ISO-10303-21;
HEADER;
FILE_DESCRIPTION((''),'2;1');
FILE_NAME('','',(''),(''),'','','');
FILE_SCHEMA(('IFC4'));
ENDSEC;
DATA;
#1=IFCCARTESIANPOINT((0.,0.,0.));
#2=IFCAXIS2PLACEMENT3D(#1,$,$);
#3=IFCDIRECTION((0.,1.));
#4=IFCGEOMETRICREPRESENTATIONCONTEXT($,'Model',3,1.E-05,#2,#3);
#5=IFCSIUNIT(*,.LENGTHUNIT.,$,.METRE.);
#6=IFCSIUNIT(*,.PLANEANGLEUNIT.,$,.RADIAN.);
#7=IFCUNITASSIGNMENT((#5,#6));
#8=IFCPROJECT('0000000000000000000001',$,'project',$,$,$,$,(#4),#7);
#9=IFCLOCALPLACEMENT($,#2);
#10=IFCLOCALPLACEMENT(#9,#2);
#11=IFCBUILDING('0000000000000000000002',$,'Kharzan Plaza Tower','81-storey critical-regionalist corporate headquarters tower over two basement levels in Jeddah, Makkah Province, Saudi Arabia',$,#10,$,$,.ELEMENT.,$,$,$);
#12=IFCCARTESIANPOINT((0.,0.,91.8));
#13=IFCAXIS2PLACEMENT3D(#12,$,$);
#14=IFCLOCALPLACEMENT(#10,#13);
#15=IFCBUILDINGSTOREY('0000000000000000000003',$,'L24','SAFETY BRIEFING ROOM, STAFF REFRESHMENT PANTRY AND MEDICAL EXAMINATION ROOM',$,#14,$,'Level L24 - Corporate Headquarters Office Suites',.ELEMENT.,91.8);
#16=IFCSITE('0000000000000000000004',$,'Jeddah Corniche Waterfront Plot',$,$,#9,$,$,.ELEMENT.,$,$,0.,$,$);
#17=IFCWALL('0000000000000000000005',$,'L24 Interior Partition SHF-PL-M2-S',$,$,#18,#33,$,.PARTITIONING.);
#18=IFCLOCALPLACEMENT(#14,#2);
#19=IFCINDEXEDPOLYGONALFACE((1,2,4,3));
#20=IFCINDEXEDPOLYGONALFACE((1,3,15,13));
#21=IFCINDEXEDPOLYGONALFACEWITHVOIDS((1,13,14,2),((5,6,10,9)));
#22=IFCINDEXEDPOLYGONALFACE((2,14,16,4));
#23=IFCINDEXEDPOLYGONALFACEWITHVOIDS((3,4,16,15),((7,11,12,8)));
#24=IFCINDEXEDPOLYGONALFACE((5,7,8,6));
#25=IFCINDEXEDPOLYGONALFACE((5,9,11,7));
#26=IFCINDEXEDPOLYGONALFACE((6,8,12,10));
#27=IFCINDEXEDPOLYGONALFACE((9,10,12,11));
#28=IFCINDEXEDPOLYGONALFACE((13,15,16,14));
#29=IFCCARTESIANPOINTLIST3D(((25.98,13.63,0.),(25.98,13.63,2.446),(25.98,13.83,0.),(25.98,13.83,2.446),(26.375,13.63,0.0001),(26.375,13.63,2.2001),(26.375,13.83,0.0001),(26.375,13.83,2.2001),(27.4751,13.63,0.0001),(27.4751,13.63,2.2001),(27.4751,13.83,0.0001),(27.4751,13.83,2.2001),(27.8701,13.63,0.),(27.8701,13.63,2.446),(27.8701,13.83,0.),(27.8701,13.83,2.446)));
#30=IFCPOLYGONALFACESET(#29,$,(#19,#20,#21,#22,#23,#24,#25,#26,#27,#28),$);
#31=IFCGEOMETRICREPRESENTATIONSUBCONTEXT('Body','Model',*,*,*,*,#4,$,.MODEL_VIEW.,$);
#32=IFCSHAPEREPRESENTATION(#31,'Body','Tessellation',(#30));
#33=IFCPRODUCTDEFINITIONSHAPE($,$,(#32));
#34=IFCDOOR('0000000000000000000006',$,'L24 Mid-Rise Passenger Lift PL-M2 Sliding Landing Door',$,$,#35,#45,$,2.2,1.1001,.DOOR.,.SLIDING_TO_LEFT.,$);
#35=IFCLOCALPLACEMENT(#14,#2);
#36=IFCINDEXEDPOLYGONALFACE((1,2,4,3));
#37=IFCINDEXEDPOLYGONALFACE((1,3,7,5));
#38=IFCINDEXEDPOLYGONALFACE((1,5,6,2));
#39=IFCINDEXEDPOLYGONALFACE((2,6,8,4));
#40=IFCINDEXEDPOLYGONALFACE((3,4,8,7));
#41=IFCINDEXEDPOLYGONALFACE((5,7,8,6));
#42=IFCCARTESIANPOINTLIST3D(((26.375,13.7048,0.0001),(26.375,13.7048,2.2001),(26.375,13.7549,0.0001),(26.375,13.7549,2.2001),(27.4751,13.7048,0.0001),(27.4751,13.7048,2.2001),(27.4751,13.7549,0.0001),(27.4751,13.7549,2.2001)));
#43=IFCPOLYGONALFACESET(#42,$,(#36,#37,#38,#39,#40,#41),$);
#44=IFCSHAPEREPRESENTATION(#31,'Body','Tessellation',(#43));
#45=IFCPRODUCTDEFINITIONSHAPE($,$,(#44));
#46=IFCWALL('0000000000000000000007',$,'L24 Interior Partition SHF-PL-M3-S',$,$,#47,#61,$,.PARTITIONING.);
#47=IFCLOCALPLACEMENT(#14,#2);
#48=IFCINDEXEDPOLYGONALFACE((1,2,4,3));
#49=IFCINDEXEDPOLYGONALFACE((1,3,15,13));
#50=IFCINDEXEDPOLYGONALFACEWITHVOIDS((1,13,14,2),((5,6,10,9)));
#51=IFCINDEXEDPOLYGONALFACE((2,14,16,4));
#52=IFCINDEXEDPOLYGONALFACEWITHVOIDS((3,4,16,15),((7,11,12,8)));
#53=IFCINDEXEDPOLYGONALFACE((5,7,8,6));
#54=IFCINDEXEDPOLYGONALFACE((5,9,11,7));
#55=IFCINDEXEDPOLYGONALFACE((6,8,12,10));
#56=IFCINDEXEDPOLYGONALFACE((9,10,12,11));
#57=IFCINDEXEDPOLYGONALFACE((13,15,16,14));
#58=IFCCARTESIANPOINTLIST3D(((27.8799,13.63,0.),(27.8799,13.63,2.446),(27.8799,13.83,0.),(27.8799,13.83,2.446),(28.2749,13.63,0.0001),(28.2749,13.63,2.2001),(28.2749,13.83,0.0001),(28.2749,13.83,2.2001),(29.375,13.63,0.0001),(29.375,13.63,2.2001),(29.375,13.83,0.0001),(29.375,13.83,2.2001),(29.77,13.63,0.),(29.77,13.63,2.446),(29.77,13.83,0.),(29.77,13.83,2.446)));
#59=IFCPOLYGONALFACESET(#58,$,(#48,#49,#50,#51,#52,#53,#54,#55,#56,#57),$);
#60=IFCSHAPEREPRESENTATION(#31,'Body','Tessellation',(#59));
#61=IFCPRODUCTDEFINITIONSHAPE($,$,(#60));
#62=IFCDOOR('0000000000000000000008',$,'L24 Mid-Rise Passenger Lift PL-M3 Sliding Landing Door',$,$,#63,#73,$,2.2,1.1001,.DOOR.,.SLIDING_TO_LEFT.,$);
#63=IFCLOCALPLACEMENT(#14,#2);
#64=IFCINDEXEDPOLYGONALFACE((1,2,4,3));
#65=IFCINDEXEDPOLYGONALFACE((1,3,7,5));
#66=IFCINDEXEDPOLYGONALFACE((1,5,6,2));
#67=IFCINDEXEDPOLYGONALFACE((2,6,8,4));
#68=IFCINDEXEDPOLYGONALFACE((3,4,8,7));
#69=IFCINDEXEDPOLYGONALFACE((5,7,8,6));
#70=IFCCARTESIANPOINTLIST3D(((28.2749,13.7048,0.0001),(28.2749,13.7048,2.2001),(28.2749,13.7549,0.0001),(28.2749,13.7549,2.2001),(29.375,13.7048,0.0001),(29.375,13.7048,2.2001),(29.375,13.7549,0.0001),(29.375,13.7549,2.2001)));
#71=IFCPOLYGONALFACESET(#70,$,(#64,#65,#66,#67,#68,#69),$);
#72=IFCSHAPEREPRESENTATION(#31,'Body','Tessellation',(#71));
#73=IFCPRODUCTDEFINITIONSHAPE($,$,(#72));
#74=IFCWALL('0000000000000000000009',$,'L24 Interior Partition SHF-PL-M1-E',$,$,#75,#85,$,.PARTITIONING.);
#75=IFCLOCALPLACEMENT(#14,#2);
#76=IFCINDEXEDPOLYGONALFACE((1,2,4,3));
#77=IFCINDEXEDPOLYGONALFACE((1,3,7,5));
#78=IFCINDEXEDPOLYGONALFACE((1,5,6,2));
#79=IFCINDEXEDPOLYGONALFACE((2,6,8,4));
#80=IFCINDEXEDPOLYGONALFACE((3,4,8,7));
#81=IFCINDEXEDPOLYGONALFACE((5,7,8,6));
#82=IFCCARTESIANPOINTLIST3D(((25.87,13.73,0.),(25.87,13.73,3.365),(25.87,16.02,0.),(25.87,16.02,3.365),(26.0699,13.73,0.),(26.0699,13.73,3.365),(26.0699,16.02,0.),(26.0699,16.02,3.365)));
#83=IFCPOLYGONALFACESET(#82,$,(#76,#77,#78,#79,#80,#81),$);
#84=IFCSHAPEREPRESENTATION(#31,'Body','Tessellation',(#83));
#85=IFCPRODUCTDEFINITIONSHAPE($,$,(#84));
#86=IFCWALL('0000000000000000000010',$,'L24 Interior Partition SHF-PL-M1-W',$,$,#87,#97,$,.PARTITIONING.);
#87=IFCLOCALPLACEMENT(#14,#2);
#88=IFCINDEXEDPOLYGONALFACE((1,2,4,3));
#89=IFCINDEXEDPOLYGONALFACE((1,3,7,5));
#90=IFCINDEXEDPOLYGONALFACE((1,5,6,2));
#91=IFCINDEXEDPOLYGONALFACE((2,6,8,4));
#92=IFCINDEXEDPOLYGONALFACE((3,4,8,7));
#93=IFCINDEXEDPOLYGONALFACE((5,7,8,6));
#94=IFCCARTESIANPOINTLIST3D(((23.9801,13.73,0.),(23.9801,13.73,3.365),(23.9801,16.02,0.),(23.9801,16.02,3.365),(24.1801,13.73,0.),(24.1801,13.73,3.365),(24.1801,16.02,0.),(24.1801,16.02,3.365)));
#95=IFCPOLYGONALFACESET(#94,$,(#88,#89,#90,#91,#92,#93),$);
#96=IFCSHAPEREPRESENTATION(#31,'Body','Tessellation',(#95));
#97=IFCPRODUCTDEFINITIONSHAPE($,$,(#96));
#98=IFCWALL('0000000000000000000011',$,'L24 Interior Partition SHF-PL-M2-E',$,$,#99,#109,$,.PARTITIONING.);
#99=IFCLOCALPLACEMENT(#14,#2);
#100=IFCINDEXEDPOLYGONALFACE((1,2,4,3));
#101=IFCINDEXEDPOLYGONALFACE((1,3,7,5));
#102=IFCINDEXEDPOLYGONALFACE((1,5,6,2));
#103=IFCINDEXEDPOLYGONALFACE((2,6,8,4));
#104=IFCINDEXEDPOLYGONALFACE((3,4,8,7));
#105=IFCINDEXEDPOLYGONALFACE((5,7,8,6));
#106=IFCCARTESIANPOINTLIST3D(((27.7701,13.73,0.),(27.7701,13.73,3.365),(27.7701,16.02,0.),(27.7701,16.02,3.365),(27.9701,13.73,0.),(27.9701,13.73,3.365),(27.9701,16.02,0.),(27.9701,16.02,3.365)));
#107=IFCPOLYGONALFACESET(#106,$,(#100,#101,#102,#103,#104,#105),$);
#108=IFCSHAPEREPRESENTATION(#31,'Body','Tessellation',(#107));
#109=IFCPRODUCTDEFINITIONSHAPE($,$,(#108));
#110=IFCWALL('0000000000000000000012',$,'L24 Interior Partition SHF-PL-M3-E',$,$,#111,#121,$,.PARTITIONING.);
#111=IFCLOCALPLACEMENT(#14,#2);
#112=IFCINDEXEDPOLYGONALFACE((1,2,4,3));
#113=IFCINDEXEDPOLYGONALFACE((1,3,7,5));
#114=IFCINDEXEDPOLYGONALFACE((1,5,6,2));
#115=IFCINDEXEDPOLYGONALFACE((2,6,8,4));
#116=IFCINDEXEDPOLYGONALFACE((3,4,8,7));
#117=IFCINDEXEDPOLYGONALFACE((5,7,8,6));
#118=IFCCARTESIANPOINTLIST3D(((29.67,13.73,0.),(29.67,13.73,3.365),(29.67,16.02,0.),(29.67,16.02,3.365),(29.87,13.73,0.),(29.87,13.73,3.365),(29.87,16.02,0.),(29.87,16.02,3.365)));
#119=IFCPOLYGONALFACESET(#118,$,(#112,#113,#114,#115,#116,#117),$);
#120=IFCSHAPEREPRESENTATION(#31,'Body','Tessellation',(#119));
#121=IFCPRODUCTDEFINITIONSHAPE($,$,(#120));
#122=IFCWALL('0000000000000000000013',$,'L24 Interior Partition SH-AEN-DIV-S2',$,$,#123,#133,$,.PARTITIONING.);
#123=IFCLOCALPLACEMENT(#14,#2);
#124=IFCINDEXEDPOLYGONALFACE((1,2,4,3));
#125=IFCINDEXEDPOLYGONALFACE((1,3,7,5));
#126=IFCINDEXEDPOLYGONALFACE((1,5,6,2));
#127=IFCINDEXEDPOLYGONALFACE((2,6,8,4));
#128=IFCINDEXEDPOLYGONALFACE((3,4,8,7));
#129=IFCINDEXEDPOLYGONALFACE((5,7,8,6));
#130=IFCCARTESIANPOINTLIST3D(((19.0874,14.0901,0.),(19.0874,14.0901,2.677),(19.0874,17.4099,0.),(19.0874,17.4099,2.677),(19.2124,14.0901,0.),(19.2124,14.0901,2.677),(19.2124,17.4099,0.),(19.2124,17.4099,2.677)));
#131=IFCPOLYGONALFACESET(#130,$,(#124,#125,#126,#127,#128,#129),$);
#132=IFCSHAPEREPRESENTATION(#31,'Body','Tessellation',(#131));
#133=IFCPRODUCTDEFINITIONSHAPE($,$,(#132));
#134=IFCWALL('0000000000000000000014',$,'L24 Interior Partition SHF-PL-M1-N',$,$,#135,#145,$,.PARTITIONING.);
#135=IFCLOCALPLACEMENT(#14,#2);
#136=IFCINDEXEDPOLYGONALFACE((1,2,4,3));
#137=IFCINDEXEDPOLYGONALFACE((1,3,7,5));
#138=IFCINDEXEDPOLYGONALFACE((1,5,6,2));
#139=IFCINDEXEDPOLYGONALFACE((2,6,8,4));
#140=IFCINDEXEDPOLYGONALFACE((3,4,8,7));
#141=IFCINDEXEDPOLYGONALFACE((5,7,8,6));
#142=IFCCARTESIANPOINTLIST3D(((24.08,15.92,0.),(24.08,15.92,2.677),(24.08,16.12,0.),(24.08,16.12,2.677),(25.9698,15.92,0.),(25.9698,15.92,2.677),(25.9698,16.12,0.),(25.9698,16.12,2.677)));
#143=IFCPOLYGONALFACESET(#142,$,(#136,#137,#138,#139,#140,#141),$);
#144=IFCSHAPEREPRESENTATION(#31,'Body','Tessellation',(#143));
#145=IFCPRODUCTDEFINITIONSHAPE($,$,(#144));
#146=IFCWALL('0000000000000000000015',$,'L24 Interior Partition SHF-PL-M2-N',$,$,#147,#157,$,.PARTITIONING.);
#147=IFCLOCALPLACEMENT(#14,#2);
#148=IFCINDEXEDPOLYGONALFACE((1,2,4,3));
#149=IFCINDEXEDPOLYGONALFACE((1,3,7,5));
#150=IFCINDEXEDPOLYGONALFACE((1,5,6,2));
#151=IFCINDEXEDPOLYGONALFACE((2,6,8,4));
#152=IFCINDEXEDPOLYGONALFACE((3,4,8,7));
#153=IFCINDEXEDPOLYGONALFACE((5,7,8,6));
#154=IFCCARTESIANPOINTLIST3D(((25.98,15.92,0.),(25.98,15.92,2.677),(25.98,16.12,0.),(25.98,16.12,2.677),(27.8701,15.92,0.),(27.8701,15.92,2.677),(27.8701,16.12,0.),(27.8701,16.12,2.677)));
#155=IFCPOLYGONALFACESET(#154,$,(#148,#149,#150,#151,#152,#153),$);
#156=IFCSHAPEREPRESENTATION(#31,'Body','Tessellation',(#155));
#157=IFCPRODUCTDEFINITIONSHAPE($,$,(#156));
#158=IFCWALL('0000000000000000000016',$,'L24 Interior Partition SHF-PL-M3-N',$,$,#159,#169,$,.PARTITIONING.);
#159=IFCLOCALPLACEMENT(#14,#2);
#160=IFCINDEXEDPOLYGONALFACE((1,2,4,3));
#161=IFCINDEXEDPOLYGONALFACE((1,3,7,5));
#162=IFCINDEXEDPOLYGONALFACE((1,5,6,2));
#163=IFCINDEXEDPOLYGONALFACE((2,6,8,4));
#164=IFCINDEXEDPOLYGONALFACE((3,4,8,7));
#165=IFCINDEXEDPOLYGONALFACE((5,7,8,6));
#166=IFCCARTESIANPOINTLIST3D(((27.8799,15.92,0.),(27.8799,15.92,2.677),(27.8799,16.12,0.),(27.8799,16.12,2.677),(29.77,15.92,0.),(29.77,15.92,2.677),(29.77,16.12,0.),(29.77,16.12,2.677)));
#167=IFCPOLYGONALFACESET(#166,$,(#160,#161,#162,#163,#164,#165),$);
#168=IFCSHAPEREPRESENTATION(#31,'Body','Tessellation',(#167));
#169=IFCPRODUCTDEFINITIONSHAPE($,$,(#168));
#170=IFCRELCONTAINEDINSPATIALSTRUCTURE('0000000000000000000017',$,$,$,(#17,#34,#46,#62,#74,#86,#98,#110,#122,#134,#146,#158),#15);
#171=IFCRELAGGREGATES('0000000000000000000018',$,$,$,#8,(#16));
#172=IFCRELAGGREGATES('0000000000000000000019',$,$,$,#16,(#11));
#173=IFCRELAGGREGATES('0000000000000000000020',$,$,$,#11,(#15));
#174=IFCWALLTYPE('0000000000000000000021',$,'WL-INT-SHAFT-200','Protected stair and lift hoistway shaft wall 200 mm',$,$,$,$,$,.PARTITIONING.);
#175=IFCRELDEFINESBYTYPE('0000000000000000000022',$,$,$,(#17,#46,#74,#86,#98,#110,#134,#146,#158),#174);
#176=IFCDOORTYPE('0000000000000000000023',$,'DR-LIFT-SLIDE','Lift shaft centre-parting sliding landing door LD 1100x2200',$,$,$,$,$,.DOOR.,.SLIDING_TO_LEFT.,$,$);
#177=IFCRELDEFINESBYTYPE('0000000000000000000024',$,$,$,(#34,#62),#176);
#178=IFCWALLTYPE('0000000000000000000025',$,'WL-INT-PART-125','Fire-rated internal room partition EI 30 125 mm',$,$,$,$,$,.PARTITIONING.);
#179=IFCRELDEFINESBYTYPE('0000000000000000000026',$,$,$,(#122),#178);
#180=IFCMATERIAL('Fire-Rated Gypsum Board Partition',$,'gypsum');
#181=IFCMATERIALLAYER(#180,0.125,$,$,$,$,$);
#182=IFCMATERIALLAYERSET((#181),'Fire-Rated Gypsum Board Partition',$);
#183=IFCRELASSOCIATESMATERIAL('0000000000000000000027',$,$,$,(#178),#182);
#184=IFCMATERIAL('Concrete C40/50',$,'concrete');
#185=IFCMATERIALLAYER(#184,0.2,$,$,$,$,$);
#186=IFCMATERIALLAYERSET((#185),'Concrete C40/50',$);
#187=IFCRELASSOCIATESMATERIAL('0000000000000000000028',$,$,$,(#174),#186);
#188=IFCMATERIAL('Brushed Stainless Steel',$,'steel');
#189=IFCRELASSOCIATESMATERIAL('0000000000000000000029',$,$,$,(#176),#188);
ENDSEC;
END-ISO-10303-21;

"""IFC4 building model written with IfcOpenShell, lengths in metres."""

from ifc_helpers import new_model, si_unit, direction, frame, frame_2d, origin, place, context, subcontext, project, spatial, rectangle, extrude, source, transform, mapped, material, layer, layer_set, type_object, element, fill, save


model = new_model("IFC4")

# Units and contexts
model_context = context("Model", 3, precision=1e-05, world=origin(), true_north=direction((0.0, 1.0)))
body_context = subcontext(model_context, "Body", "Model", "MODEL_VIEW")
ifc_project = project(units=[si_unit("LENGTHUNIT", "METRE"), si_unit("PLANEANGLEUNIT", "RADIAN")], contexts=[model_context])

# Site, building, storey
site_placement = place(None, origin())
site = spatial("IfcSite", under=ifc_project, at=site_placement, Name="Jeddah Corniche Waterfront Plot", CompositionType="ELEMENT", RefElevation=0.0)
building_placement = place(site_placement, origin())
building = spatial("IfcBuilding", under=site, at=building_placement, Name="Kharzan Plaza Tower", Description="81-storey critical-regionalist corporate headquarters tower over two basement levels in Jeddah, Makkah Province, Saudi Arabia", CompositionType="ELEMENT")
storey_placement = place(building_placement, frame((0.0, 0.0, 91.8)))
storey = spatial("IfcBuildingStorey", under=building, at=storey_placement, Name="L24", Description="SAFETY BRIEFING ROOM, STAFF REFRESHMENT PANTRY AND MEDICAL EXAMINATION ROOM", LongName="Level L24 - Corporate Headquarters Office Suites", CompositionType="ELEMENT", Elevation=91.8)

# Walls, openings, doors
ifc_material_1 = material(Name="Fire-Rated Gypsum Board Partition", Category="gypsum")
ifc_layer_1 = layer(ifc_material_1, 0.125)
ifc_layer_set_1 = layer_set([ifc_layer_1], Name="Fire-Rated Gypsum Board Partition")
wall_type_1 = type_object("IfcWallType", Name="WL-INT-PART-125", Description="Fire-rated internal room partition EI 30 125 mm", PredefinedType="PARTITIONING", material=ifc_layer_set_1)
ifc_material_2 = material(Name="Concrete C40/50", Category="concrete")
ifc_layer_2 = layer(ifc_material_2, 0.2)
ifc_layer_set_2 = layer_set([ifc_layer_2], Name="Concrete C40/50")
wall_type_2 = type_object("IfcWallType", Name="WL-INT-SHAFT-200", Description="Protected stair and lift hoistway shaft wall 200 mm", PredefinedType="PARTITIONING", material=ifc_layer_set_2)
ifc_material_3 = material(Name="Brushed Stainless Steel", Category="steel")
door_type_1 = type_object("IfcDoorType", Name="DR-LIFT-SLIDE", Description="Lift shaft centre-parting sliding landing door LD 1100x2200", OperationType="SLIDING_TO_LEFT", PredefinedType="DOOR", material=ifc_material_3)
shared_shape_1 = source(origin(), body_context, "Body", "SweptSolid", [
    extrude(rectangle(XDim=1.1001, YDim=2.2, at=frame_2d((0.55, 1.1001))), frame((0.0, 0.0249, 0.0), z_axis=(0.0, -1.0, 0.0), x_axis=(1.0, 0.0, 0.0)), (0.0, 0.0, 1.0), 0.05),
])
wall_1_placement = place(storey_placement, frame((25.98, 13.73, 0.0), z_axis=(0.0, 0.0, 1.0), x_axis=(1.0, 0.0, 0.0)))
wall_1 = element("IfcWall", 1, at=wall_1_placement, inside=storey, type_object=wall_type_2, Name="L24 Interior Partition SHF-PL-M2-S", PredefinedType="PARTITIONING", context=body_context, shape_type="SweptSolid", body=[
    extrude(rectangle(XDim=1.8901, YDim=0.2, at=frame_2d((0.9451, 0.0))), origin(), (0.0, 0.0, 1.0), 2.446),
])
opening_1_placement = place(wall_1_placement, frame((0.395, 0.0, 0.0)))
opening_1 = element("IfcOpeningElement", 2, at=opening_1_placement, cuts=wall_1, PredefinedType="OPENING", context=body_context, shape_type="SweptSolid", body=[
    extrude(rectangle(XDim=1.1001, YDim=2.2, at=frame_2d((0.55, 1.1001))), frame((0.0, 0.1099, 0.0), z_axis=(0.0, -1.0, 0.0), x_axis=(1.0, 0.0, 0.0)), (0.0, 0.0, 1.0), 0.22),
])
door_1_placement = place(opening_1_placement, origin())
door_1 = element("IfcDoor", 3, at=door_1_placement, inside=storey, type_object=door_type_1, Name="L24 Mid-Rise Passenger Lift PL-M2 Sliding Landing Door", OperationType="SLIDING_TO_LEFT", OverallHeight=2.2, OverallWidth=1.1001, PredefinedType="DOOR", context=body_context, shape_type="MappedRepresentation", body=[
    mapped(shared_shape_1, transform((0.0, 0.0, 0.0), x_axis=(1.0, 0.0, 0.0), y_axis=(0.0, 1.0, 0.0), z_axis=(0.0, 0.0, 1.0))),
])
fill(opening_1, door_1)
wall_2_placement = place(storey_placement, frame((27.8799, 13.73, 0.0), z_axis=(0.0, 0.0, 1.0), x_axis=(1.0, 0.0, 0.0)))
wall_2 = element("IfcWall", 4, at=wall_2_placement, inside=storey, type_object=wall_type_2, Name="L24 Interior Partition SHF-PL-M3-S", PredefinedType="PARTITIONING", context=body_context, shape_type="SweptSolid", body=[
    extrude(rectangle(XDim=1.8901, YDim=0.2, at=frame_2d((0.9451, 0.0))), origin(), (0.0, 0.0, 1.0), 2.446),
])
opening_2_placement = place(wall_2_placement, frame((0.395, 0.0, 0.0)))
opening_2 = element("IfcOpeningElement", 5, at=opening_2_placement, cuts=wall_2, PredefinedType="OPENING", context=body_context, shape_type="SweptSolid", body=[
    extrude(rectangle(XDim=1.1001, YDim=2.2, at=frame_2d((0.55, 1.1001))), frame((0.0, 0.1099, 0.0), z_axis=(0.0, -1.0, 0.0), x_axis=(1.0, 0.0, 0.0)), (0.0, 0.0, 1.0), 0.22),
])
door_2_placement = place(opening_2_placement, origin())
door_2 = element("IfcDoor", 6, at=door_2_placement, inside=storey, type_object=door_type_1, Name="L24 Mid-Rise Passenger Lift PL-M3 Sliding Landing Door", OperationType="SLIDING_TO_LEFT", OverallHeight=2.2, OverallWidth=1.1001, PredefinedType="DOOR", context=body_context, shape_type="MappedRepresentation", body=[
    mapped(shared_shape_1, transform((0.0, 0.0, 0.0), x_axis=(1.0, 0.0, 0.0), y_axis=(0.0, 1.0, 0.0), z_axis=(0.0, 0.0, 1.0))),
])
fill(opening_2, door_2)

# Walls
shared_shape_2 = source(origin(), body_context, "Body", "SweptSolid", [
    extrude(rectangle(XDim=2.29, YDim=0.2, at=frame_2d((1.145, 0.0))), origin(), (0.0, 0.0, 1.0), 3.365),
])
for number, where, z_axis, x_axis, name in (
    (7, (25.97, 13.73, 0.0), (0.0, 0.0, 1.0), (0.0, 1.0, 0.0), "L24 Interior Partition SHF-PL-M1-E"),
    (8, (24.0801, 13.73, 0.0), (0.0, 0.0, 1.0), (0.0, 1.0, 0.0), "L24 Interior Partition SHF-PL-M1-W"),
    (9, (27.8701, 13.73, 0.0), (0.0, 0.0, 1.0), (0.0, 1.0, 0.0), "L24 Interior Partition SHF-PL-M2-E"),
    (10, (29.77, 13.73, 0.0), (0.0, 0.0, 1.0), (0.0, 1.0, 0.0), "L24 Interior Partition SHF-PL-M3-E"),
):
    element("IfcWall", number, at=place(storey_placement, frame(where, z_axis=z_axis, x_axis=x_axis)), inside=storey, type_object=wall_type_2, Name=name, PredefinedType="PARTITIONING", context=body_context, shape_type="MappedRepresentation", body=[
        mapped(shared_shape_2, transform((0.0, 0.0, 0.0), x_axis=(1.0, 0.0, 0.0), y_axis=(0.0, 1.0, 0.0), z_axis=(0.0, 0.0, 1.0))),
    ])
shared_shape_3 = source(origin(), body_context, "Body", "SweptSolid", [
    extrude(rectangle(XDim=3.3198, YDim=0.125, at=frame_2d((1.6599, 0.0))), origin(), (0.0, 0.0, 1.0), 2.677),
])
wall_3_placement = place(storey_placement, frame((19.1499, 14.0901, 0.0), z_axis=(0.0, 0.0, 1.0), x_axis=(0.0, 1.0, 0.0)))
element("IfcWall", 11, at=wall_3_placement, inside=storey, type_object=wall_type_1, Name="L24 Interior Partition SH-AEN-DIV-S2", PredefinedType="PARTITIONING", context=body_context, shape_type="MappedRepresentation", body=[
    mapped(shared_shape_3, transform((0.0, 0.0, 0.0), x_axis=(1.0, 0.0, 0.0), y_axis=(0.0, 1.0, 0.0), z_axis=(0.0, 0.0, 1.0))),
])
shared_shape_4 = source(origin(), body_context, "Body", "SweptSolid", [
    extrude(rectangle(XDim=1.8899, YDim=0.2, at=frame_2d((0.9448, 0.0))), origin(), (0.0, 0.0, 1.0), 2.677),
])
wall_4_placement = place(storey_placement, frame((24.0801, 16.02, 0.0), z_axis=(0.0, 0.0, 1.0), x_axis=(1.0, 0.0, 0.0)))
element("IfcWall", 12, at=wall_4_placement, inside=storey, type_object=wall_type_2, Name="L24 Interior Partition SHF-PL-M1-N", PredefinedType="PARTITIONING", context=body_context, shape_type="MappedRepresentation", body=[
    mapped(shared_shape_4, transform((0.0, 0.0, 0.0), x_axis=(1.0, 0.0, 0.0), y_axis=(0.0, 1.0, 0.0), z_axis=(0.0, 0.0, 1.0))),
])
shared_shape_5 = source(origin(), body_context, "Body", "SweptSolid", [
    extrude(rectangle(XDim=1.8901, YDim=0.2, at=frame_2d((0.9451, 0.0))), origin(), (0.0, 0.0, 1.0), 2.677),
])
for number, where, z_axis, x_axis, name in (
    (13, (25.98, 16.02, 0.0), (0.0, 0.0, 1.0), (1.0, 0.0, 0.0), "L24 Interior Partition SHF-PL-M2-N"),
    (14, (27.8799, 16.02, 0.0), (0.0, 0.0, 1.0), (1.0, 0.0, 0.0), "L24 Interior Partition SHF-PL-M3-N"),
):
    element("IfcWall", number, at=place(storey_placement, frame(where, z_axis=z_axis, x_axis=x_axis)), inside=storey, type_object=wall_type_2, Name=name, PredefinedType="PARTITIONING", context=body_context, shape_type="MappedRepresentation", body=[
        mapped(shared_shape_5, transform((0.0, 0.0, 0.0), x_axis=(1.0, 0.0, 0.0), y_axis=(0.0, 1.0, 0.0), z_axis=(0.0, 0.0, 1.0))),
    ])

save(model, "model.ifc")
